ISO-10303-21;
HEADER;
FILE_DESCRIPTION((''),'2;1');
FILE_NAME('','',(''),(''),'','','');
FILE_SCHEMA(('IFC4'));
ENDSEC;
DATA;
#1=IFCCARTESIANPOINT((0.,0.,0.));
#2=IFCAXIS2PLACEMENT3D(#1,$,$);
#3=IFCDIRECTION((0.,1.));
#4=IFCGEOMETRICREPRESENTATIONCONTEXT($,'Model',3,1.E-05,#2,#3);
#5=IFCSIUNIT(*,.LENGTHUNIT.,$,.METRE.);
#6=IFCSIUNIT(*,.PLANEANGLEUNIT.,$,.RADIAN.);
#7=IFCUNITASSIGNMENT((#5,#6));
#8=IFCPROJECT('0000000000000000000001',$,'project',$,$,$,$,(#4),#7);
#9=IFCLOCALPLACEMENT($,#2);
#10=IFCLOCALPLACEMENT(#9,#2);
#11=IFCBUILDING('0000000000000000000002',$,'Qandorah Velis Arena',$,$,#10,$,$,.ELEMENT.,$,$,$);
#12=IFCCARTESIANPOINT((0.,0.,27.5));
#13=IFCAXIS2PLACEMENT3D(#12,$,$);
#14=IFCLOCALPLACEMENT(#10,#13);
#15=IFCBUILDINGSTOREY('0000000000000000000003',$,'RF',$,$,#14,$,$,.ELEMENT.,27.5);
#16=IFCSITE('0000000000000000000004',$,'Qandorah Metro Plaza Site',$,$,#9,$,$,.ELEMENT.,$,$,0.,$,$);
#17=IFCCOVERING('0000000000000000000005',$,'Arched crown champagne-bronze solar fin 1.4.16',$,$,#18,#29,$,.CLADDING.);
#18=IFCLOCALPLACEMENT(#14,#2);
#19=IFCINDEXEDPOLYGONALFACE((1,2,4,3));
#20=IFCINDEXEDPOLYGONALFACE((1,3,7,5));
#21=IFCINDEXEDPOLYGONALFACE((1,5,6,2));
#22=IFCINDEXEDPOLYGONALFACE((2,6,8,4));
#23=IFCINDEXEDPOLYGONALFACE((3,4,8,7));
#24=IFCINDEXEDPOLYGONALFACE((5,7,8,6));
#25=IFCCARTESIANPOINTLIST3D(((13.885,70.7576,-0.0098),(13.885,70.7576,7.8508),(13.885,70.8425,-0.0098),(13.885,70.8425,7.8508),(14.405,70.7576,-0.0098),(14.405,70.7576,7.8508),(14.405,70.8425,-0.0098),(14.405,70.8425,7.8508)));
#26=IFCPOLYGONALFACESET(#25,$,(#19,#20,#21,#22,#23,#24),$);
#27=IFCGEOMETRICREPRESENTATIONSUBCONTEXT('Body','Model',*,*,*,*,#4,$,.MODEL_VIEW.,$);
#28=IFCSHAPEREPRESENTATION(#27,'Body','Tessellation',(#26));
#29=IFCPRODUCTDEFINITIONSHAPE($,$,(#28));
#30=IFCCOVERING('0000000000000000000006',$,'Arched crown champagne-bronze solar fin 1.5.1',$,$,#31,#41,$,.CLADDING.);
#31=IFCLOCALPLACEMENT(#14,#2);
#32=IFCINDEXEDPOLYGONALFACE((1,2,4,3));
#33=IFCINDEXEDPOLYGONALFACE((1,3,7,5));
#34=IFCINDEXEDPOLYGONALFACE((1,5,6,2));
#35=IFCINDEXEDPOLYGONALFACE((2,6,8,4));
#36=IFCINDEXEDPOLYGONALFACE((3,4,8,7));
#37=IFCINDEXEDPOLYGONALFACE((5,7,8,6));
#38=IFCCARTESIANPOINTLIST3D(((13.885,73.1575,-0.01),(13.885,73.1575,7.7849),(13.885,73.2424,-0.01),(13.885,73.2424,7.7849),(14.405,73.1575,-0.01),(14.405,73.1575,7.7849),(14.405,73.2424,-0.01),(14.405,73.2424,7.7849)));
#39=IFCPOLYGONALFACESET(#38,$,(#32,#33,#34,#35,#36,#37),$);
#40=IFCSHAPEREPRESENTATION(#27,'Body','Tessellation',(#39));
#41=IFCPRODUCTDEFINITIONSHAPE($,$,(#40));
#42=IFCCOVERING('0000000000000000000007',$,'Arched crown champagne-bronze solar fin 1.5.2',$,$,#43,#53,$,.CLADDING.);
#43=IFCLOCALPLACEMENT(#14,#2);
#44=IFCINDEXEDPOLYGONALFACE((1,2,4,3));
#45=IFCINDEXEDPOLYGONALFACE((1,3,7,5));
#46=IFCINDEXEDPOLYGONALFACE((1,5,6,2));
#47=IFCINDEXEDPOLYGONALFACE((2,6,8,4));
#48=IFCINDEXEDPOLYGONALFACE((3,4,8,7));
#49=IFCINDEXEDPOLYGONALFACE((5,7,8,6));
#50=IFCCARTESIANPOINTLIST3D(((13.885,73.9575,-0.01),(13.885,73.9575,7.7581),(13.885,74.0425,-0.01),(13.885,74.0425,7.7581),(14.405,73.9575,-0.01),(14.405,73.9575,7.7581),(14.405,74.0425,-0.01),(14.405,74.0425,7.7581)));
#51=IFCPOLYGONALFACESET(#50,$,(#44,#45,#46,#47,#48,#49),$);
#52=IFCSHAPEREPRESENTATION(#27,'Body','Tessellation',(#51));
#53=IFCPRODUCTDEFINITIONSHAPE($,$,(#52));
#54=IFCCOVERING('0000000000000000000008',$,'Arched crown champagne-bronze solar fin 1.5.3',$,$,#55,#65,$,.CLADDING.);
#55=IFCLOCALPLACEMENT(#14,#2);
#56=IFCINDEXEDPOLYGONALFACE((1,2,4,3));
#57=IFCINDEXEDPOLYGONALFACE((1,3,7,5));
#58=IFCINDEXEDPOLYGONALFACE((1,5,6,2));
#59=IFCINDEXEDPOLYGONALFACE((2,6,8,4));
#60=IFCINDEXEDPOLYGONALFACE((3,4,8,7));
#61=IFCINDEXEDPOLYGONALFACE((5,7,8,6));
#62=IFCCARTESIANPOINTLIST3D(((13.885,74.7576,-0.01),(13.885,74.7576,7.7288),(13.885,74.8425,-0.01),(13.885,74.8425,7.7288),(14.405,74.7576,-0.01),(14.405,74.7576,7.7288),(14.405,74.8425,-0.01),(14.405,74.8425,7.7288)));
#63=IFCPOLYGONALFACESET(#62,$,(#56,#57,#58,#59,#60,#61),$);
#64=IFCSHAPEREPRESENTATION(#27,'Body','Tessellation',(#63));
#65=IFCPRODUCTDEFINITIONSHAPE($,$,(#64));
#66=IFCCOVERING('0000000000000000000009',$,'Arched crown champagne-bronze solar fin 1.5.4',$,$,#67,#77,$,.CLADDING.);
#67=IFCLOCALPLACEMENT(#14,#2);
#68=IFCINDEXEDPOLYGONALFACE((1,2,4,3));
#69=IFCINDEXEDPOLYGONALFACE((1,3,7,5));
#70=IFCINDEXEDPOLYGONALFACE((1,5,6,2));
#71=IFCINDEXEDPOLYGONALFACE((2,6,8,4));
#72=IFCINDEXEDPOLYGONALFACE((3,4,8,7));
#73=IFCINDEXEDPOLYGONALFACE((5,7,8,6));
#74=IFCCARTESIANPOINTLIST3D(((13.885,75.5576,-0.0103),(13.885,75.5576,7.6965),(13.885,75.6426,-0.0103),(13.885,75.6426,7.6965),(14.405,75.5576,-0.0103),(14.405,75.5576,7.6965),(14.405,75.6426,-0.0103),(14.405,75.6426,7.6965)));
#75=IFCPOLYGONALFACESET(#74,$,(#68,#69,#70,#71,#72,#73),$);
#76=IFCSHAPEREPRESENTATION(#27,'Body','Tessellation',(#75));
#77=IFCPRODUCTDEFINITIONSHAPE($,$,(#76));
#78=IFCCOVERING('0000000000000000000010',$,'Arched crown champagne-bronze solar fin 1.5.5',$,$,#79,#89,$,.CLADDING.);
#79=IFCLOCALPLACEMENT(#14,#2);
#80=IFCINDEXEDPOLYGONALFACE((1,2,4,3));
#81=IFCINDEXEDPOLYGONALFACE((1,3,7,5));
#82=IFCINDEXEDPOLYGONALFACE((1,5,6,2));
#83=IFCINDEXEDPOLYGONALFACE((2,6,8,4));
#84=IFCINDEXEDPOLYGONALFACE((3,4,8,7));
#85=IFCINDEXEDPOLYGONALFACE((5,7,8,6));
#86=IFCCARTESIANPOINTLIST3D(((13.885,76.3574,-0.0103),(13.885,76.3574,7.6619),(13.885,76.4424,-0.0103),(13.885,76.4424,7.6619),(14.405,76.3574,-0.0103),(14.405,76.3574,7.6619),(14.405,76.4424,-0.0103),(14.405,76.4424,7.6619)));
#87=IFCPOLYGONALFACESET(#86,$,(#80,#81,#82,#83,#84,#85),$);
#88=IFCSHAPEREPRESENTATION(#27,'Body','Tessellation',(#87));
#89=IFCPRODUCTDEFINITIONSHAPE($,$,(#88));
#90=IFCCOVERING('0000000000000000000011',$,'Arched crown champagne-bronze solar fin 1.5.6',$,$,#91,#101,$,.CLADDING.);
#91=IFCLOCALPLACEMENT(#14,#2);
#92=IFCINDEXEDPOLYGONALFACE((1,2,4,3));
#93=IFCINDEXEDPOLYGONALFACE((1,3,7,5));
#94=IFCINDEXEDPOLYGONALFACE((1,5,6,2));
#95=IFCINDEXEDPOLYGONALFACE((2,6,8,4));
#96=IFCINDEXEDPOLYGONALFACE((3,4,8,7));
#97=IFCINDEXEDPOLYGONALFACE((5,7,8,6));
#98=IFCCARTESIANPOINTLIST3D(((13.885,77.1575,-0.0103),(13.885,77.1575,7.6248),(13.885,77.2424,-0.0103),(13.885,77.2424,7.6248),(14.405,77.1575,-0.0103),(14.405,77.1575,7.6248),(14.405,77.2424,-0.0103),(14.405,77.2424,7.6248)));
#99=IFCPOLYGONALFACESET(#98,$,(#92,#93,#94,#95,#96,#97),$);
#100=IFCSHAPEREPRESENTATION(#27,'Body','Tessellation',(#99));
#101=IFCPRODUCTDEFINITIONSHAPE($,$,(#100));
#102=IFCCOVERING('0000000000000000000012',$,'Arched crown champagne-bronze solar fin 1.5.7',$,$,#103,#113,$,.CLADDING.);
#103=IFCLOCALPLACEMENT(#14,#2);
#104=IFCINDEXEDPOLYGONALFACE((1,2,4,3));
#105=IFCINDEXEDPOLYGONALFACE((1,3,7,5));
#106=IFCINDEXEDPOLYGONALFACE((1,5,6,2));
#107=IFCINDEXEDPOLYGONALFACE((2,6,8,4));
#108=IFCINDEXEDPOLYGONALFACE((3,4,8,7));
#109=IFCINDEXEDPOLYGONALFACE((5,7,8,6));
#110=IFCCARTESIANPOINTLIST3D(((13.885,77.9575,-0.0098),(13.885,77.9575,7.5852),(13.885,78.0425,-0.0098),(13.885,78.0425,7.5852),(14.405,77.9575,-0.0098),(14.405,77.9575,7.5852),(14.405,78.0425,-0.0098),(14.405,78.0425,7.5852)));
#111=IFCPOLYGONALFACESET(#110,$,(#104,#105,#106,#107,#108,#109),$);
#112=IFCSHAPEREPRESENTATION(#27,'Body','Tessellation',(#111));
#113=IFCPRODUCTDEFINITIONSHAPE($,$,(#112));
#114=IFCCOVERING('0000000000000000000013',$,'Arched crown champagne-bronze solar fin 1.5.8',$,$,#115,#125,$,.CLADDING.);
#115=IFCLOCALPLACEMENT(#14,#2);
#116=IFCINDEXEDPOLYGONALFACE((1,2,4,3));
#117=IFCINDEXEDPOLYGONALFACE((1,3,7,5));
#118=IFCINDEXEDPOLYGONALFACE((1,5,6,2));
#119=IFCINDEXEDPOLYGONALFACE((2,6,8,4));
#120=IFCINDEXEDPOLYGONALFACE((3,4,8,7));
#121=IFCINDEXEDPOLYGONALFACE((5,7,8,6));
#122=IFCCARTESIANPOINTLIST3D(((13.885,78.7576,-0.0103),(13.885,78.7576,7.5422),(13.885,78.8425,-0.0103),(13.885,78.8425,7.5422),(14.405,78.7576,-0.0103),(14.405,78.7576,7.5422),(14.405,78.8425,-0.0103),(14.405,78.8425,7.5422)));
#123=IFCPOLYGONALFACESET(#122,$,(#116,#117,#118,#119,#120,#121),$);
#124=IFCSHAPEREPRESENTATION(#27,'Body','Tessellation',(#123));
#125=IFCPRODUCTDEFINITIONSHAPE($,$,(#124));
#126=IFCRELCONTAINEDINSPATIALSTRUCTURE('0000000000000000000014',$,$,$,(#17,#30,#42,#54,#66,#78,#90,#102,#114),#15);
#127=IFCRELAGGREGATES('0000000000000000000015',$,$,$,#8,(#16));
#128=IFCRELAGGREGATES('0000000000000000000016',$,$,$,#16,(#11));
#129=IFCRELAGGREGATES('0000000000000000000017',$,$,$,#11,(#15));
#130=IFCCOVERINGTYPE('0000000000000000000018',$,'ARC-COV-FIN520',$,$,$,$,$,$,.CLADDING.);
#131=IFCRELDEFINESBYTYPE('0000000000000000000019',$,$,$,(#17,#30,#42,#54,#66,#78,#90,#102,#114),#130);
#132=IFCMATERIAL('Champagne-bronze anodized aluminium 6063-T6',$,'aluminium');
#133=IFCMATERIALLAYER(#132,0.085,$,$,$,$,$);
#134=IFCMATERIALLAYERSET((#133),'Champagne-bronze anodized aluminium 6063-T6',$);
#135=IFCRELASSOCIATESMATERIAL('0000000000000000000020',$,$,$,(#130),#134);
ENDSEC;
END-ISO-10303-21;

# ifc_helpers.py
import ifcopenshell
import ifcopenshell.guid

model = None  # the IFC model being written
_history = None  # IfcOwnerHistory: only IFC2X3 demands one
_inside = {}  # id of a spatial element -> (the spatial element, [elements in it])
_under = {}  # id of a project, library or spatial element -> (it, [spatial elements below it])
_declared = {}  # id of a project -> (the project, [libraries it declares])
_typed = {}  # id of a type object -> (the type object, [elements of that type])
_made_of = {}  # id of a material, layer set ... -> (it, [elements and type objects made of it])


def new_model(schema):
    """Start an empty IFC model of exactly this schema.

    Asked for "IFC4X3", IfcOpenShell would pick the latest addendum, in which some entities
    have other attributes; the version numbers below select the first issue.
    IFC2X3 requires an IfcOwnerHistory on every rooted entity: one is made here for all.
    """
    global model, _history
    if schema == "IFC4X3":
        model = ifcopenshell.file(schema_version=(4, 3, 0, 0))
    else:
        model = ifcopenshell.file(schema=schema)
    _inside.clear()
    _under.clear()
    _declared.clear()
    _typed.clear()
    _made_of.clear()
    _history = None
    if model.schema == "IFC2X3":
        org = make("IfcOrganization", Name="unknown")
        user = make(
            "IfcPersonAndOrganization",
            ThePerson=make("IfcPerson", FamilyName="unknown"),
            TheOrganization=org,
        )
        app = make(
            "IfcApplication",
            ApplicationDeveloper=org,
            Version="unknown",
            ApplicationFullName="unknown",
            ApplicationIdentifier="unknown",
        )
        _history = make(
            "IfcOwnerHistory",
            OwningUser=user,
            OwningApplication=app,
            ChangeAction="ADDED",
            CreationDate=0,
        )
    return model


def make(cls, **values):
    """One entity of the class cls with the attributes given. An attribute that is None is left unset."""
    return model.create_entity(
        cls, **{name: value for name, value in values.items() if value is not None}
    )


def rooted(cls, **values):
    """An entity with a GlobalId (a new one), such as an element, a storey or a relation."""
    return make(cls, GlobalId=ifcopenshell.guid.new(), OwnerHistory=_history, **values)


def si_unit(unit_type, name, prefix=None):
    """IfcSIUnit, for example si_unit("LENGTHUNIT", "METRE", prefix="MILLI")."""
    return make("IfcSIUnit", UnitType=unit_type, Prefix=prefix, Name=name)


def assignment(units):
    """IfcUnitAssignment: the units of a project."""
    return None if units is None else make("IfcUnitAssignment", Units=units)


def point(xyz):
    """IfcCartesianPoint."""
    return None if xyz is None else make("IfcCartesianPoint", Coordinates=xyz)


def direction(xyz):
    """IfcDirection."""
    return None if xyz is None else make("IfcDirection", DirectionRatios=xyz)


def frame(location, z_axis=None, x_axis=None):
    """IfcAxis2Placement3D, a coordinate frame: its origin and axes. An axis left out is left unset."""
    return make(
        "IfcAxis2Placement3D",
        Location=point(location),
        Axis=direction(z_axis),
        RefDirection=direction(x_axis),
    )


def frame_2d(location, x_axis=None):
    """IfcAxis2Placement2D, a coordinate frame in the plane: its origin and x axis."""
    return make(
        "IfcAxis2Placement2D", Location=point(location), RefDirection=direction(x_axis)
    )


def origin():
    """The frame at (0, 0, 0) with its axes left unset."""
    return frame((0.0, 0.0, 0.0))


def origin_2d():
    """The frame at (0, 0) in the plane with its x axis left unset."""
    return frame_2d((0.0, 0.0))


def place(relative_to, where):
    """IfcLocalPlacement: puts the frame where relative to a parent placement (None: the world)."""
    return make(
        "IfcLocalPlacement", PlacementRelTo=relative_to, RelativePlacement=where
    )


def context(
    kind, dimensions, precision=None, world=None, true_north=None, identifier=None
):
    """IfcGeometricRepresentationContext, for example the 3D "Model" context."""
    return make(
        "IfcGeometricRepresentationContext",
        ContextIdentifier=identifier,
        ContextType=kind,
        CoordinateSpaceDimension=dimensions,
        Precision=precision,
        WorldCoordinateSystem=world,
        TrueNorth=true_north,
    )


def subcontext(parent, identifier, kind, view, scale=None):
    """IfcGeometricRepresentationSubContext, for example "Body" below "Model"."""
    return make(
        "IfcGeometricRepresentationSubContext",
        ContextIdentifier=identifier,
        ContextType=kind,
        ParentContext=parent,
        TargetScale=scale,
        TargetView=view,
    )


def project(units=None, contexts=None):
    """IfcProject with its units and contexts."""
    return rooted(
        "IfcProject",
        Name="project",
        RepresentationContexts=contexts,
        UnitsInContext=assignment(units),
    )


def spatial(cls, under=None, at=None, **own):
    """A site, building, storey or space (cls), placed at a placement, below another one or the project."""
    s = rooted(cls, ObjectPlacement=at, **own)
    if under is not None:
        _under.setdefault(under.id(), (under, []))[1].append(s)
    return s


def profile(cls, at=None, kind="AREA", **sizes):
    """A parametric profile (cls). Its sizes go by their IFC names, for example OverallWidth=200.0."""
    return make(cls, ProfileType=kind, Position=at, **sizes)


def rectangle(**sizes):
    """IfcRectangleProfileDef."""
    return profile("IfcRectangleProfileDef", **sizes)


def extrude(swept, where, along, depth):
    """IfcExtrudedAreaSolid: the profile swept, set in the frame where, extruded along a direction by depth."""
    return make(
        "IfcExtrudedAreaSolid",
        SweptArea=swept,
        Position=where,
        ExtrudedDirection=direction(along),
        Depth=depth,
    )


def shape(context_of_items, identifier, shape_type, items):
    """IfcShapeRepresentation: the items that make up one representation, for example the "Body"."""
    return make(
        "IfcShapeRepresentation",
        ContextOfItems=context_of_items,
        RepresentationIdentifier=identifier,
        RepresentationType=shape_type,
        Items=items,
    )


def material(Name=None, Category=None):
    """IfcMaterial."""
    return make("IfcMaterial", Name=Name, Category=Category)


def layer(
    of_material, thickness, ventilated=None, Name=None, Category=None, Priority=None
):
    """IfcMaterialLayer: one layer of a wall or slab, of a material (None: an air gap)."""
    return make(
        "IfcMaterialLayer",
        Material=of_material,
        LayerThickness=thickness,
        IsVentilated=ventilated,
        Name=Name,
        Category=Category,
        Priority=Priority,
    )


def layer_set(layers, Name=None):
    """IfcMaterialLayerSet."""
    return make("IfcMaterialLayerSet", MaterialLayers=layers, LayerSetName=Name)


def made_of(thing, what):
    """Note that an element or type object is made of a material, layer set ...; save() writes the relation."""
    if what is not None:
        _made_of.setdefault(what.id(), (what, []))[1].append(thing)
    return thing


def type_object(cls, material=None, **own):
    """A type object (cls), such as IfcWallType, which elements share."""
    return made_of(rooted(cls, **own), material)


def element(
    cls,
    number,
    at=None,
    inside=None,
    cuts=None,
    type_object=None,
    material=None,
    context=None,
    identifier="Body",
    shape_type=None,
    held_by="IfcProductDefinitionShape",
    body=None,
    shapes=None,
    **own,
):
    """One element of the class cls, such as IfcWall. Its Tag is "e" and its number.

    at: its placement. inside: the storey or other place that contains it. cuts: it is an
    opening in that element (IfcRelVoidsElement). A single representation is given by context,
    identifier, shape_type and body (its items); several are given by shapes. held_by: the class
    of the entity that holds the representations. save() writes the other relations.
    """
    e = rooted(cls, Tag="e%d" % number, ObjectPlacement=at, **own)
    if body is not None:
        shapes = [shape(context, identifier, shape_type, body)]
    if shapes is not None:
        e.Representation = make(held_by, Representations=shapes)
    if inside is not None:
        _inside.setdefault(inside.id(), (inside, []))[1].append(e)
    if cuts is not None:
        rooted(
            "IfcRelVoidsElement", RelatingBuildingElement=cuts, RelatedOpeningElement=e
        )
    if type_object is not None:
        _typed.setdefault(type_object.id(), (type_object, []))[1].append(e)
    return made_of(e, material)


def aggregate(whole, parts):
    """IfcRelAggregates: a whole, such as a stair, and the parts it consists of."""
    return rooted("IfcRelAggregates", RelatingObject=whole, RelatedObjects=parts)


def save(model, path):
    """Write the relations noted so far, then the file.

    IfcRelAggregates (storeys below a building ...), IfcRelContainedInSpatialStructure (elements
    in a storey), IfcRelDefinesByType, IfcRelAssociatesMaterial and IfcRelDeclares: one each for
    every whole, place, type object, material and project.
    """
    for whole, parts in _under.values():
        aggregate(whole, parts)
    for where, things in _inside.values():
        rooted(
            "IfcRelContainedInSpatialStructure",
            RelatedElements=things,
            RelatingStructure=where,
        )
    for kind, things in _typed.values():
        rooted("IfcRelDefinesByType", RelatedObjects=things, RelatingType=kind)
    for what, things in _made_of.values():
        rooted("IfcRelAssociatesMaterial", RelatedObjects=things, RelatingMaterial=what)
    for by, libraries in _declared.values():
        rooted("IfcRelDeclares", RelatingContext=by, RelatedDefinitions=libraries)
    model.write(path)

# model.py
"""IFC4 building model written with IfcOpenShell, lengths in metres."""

from ifc_helpers import new_model, si_unit, direction, frame, origin, origin_2d, place, context, subcontext, project, spatial, rectangle, extrude, material, layer, layer_set, type_object, element, save


model = new_model("IFC4")

# Units and contexts
model_context = context("Model", 3, precision=1e-05, world=origin(), true_north=direction((0.0, 1.0)))
body_context = subcontext(model_context, "Body", "Model", "MODEL_VIEW")
ifc_project = project(units=[si_unit("LENGTHUNIT", "METRE"), si_unit("PLANEANGLEUNIT", "RADIAN")], contexts=[model_context])

# Site, building, storey
site_placement = place(None, origin())
site = spatial("IfcSite", under=ifc_project, at=site_placement, Name="Qandorah Metro Plaza Site", CompositionType="ELEMENT", RefElevation=0.0)
building_placement = place(site_placement, origin())
building = spatial("IfcBuilding", under=site, at=building_placement, Name="Qandorah Velis Arena", CompositionType="ELEMENT")
storey_placement = place(building_placement, frame((0.0, 0.0, 27.5)))
storey = spatial("IfcBuildingStorey", under=building, at=storey_placement, Name="RF", CompositionType="ELEMENT", Elevation=27.5)

# Shared definitions
ifc_material_1 = material(Name="Champagne-bronze anodized aluminium 6063-T6", Category="aluminium")

# Coverings
ifc_layer_1 = layer(ifc_material_1, 0.085)
ifc_layer_set_1 = layer_set([ifc_layer_1], Name="Champagne-bronze anodized aluminium 6063-T6")
covering_type = type_object("IfcCoveringType", Name="ARC-COV-FIN520", PredefinedType="CLADDING", material=ifc_layer_set_1)
covering_1_placement = place(storey_placement, frame((14.145, 70.8, -0.0098), z_axis=(0.0, 0.0, 1.0), x_axis=(1.0, 0.0, 0.0)))
element("IfcCovering", 1, at=covering_1_placement, inside=storey, type_object=covering_type, Name="Arched crown champagne-bronze solar fin 1.4.16", PredefinedType="CLADDING", context=body_context, shape_type="SweptSolid", body=[
    extrude(rectangle(XDim=0.52, YDim=0.085, at=origin_2d()), origin(), (0.0, 0.0, 1.0), 7.8606),
])
covering_2_placement = place(storey_placement, frame((14.145, 73.2, -0.01), z_axis=(0.0, 0.0, 1.0), x_axis=(1.0, 0.0, 0.0)))
element("IfcCovering", 2, at=covering_2_placement, inside=storey, type_object=covering_type, Name="Arched crown champagne-bronze solar fin 1.5.1", PredefinedType="CLADDING", context=body_context, shape_type="SweptSolid", body=[
    extrude(rectangle(XDim=0.52, YDim=0.085, at=origin_2d()), origin(), (0.0, 0.0, 1.0), 7.7949),
])
covering_3_placement = place(storey_placement, frame((14.145, 74.0, -0.01), z_axis=(0.0, 0.0, 1.0), x_axis=(1.0, 0.0, 0.0)))
element("IfcCovering", 3, at=covering_3_placement, inside=storey, type_object=covering_type, Name="Arched crown champagne-bronze solar fin 1.5.2", PredefinedType="CLADDING", context=body_context, shape_type="SweptSolid", body=[
    extrude(rectangle(XDim=0.52, YDim=0.085, at=origin_2d()), origin(), (0.0, 0.0, 1.0), 7.7681),
])
covering_4_placement = place(storey_placement, frame((14.145, 74.8, -0.01), z_axis=(0.0, 0.0, 1.0), x_axis=(1.0, 0.0, 0.0)))
element("IfcCovering", 4, at=covering_4_placement, inside=storey, type_object=covering_type, Name="Arched crown champagne-bronze solar fin 1.5.3", PredefinedType="CLADDING", context=body_context, shape_type="SweptSolid", body=[
    extrude(rectangle(XDim=0.52, YDim=0.085, at=origin_2d()), origin(), (0.0, 0.0, 1.0), 7.7388),
])
covering_5_placement = place(storey_placement, frame((14.145, 75.6001, -0.0103), z_axis=(0.0, 0.0, 1.0), x_axis=(1.0, 0.0, 0.0)))
element("IfcCovering", 5, at=covering_5_placement, inside=storey, type_object=covering_type, Name="Arched crown champagne-bronze solar fin 1.5.4", PredefinedType="CLADDING", context=body_context, shape_type="SweptSolid", body=[
    extrude(rectangle(XDim=0.52, YDim=0.085, at=origin_2d()), origin(), (0.0, 0.0, 1.0), 7.7068),
])
covering_6_placement = place(storey_placement, frame((14.145, 76.3999, -0.0103), z_axis=(0.0, 0.0, 1.0), x_axis=(1.0, 0.0, 0.0)))
element("IfcCovering", 6, at=covering_6_placement, inside=storey, type_object=covering_type, Name="Arched crown champagne-bronze solar fin 1.5.5", PredefinedType="CLADDING", context=body_context, shape_type="SweptSolid", body=[
    extrude(rectangle(XDim=0.52, YDim=0.085, at=origin_2d()), origin(), (0.0, 0.0, 1.0), 7.6721),
])
covering_7_placement = place(storey_placement, frame((14.145, 77.2, -0.0103), z_axis=(0.0, 0.0, 1.0), x_axis=(1.0, 0.0, 0.0)))
element("IfcCovering", 7, at=covering_7_placement, inside=storey, type_object=covering_type, Name="Arched crown champagne-bronze solar fin 1.5.6", PredefinedType="CLADDING", context=body_context, shape_type="SweptSolid", body=[
    extrude(rectangle(XDim=0.52, YDim=0.085, at=origin_2d()), origin(), (0.0, 0.0, 1.0), 7.635),
])
covering_8_placement = place(storey_placement, frame((14.145, 78.0, -0.0098), z_axis=(0.0, 0.0, 1.0), x_axis=(1.0, 0.0, 0.0)))
element("IfcCovering", 8, at=covering_8_placement, inside=storey, type_object=covering_type, Name="Arched crown champagne-bronze solar fin 1.5.7", PredefinedType="CLADDING", context=body_context, shape_type="SweptSolid", body=[
    extrude(rectangle(XDim=0.52, YDim=0.085, at=origin_2d()), origin(), (0.0, 0.0, 1.0), 7.595),
])
covering_9_placement = place(storey_placement, frame((14.145, 78.8, -0.0103), z_axis=(0.0, 0.0, 1.0), x_axis=(1.0, 0.0, 0.0)))
element("IfcCovering", 9, at=covering_9_placement, inside=storey, type_object=covering_type, Name="Arched crown champagne-bronze solar fin 1.5.8", PredefinedType="CLADDING", context=body_context, shape_type="SweptSolid", body=[
    extrude(rectangle(XDim=0.52, YDim=0.085, at=origin_2d()), origin(), (0.0, 0.0, 1.0), 7.5525),
])

save(model, "model.ifc")
